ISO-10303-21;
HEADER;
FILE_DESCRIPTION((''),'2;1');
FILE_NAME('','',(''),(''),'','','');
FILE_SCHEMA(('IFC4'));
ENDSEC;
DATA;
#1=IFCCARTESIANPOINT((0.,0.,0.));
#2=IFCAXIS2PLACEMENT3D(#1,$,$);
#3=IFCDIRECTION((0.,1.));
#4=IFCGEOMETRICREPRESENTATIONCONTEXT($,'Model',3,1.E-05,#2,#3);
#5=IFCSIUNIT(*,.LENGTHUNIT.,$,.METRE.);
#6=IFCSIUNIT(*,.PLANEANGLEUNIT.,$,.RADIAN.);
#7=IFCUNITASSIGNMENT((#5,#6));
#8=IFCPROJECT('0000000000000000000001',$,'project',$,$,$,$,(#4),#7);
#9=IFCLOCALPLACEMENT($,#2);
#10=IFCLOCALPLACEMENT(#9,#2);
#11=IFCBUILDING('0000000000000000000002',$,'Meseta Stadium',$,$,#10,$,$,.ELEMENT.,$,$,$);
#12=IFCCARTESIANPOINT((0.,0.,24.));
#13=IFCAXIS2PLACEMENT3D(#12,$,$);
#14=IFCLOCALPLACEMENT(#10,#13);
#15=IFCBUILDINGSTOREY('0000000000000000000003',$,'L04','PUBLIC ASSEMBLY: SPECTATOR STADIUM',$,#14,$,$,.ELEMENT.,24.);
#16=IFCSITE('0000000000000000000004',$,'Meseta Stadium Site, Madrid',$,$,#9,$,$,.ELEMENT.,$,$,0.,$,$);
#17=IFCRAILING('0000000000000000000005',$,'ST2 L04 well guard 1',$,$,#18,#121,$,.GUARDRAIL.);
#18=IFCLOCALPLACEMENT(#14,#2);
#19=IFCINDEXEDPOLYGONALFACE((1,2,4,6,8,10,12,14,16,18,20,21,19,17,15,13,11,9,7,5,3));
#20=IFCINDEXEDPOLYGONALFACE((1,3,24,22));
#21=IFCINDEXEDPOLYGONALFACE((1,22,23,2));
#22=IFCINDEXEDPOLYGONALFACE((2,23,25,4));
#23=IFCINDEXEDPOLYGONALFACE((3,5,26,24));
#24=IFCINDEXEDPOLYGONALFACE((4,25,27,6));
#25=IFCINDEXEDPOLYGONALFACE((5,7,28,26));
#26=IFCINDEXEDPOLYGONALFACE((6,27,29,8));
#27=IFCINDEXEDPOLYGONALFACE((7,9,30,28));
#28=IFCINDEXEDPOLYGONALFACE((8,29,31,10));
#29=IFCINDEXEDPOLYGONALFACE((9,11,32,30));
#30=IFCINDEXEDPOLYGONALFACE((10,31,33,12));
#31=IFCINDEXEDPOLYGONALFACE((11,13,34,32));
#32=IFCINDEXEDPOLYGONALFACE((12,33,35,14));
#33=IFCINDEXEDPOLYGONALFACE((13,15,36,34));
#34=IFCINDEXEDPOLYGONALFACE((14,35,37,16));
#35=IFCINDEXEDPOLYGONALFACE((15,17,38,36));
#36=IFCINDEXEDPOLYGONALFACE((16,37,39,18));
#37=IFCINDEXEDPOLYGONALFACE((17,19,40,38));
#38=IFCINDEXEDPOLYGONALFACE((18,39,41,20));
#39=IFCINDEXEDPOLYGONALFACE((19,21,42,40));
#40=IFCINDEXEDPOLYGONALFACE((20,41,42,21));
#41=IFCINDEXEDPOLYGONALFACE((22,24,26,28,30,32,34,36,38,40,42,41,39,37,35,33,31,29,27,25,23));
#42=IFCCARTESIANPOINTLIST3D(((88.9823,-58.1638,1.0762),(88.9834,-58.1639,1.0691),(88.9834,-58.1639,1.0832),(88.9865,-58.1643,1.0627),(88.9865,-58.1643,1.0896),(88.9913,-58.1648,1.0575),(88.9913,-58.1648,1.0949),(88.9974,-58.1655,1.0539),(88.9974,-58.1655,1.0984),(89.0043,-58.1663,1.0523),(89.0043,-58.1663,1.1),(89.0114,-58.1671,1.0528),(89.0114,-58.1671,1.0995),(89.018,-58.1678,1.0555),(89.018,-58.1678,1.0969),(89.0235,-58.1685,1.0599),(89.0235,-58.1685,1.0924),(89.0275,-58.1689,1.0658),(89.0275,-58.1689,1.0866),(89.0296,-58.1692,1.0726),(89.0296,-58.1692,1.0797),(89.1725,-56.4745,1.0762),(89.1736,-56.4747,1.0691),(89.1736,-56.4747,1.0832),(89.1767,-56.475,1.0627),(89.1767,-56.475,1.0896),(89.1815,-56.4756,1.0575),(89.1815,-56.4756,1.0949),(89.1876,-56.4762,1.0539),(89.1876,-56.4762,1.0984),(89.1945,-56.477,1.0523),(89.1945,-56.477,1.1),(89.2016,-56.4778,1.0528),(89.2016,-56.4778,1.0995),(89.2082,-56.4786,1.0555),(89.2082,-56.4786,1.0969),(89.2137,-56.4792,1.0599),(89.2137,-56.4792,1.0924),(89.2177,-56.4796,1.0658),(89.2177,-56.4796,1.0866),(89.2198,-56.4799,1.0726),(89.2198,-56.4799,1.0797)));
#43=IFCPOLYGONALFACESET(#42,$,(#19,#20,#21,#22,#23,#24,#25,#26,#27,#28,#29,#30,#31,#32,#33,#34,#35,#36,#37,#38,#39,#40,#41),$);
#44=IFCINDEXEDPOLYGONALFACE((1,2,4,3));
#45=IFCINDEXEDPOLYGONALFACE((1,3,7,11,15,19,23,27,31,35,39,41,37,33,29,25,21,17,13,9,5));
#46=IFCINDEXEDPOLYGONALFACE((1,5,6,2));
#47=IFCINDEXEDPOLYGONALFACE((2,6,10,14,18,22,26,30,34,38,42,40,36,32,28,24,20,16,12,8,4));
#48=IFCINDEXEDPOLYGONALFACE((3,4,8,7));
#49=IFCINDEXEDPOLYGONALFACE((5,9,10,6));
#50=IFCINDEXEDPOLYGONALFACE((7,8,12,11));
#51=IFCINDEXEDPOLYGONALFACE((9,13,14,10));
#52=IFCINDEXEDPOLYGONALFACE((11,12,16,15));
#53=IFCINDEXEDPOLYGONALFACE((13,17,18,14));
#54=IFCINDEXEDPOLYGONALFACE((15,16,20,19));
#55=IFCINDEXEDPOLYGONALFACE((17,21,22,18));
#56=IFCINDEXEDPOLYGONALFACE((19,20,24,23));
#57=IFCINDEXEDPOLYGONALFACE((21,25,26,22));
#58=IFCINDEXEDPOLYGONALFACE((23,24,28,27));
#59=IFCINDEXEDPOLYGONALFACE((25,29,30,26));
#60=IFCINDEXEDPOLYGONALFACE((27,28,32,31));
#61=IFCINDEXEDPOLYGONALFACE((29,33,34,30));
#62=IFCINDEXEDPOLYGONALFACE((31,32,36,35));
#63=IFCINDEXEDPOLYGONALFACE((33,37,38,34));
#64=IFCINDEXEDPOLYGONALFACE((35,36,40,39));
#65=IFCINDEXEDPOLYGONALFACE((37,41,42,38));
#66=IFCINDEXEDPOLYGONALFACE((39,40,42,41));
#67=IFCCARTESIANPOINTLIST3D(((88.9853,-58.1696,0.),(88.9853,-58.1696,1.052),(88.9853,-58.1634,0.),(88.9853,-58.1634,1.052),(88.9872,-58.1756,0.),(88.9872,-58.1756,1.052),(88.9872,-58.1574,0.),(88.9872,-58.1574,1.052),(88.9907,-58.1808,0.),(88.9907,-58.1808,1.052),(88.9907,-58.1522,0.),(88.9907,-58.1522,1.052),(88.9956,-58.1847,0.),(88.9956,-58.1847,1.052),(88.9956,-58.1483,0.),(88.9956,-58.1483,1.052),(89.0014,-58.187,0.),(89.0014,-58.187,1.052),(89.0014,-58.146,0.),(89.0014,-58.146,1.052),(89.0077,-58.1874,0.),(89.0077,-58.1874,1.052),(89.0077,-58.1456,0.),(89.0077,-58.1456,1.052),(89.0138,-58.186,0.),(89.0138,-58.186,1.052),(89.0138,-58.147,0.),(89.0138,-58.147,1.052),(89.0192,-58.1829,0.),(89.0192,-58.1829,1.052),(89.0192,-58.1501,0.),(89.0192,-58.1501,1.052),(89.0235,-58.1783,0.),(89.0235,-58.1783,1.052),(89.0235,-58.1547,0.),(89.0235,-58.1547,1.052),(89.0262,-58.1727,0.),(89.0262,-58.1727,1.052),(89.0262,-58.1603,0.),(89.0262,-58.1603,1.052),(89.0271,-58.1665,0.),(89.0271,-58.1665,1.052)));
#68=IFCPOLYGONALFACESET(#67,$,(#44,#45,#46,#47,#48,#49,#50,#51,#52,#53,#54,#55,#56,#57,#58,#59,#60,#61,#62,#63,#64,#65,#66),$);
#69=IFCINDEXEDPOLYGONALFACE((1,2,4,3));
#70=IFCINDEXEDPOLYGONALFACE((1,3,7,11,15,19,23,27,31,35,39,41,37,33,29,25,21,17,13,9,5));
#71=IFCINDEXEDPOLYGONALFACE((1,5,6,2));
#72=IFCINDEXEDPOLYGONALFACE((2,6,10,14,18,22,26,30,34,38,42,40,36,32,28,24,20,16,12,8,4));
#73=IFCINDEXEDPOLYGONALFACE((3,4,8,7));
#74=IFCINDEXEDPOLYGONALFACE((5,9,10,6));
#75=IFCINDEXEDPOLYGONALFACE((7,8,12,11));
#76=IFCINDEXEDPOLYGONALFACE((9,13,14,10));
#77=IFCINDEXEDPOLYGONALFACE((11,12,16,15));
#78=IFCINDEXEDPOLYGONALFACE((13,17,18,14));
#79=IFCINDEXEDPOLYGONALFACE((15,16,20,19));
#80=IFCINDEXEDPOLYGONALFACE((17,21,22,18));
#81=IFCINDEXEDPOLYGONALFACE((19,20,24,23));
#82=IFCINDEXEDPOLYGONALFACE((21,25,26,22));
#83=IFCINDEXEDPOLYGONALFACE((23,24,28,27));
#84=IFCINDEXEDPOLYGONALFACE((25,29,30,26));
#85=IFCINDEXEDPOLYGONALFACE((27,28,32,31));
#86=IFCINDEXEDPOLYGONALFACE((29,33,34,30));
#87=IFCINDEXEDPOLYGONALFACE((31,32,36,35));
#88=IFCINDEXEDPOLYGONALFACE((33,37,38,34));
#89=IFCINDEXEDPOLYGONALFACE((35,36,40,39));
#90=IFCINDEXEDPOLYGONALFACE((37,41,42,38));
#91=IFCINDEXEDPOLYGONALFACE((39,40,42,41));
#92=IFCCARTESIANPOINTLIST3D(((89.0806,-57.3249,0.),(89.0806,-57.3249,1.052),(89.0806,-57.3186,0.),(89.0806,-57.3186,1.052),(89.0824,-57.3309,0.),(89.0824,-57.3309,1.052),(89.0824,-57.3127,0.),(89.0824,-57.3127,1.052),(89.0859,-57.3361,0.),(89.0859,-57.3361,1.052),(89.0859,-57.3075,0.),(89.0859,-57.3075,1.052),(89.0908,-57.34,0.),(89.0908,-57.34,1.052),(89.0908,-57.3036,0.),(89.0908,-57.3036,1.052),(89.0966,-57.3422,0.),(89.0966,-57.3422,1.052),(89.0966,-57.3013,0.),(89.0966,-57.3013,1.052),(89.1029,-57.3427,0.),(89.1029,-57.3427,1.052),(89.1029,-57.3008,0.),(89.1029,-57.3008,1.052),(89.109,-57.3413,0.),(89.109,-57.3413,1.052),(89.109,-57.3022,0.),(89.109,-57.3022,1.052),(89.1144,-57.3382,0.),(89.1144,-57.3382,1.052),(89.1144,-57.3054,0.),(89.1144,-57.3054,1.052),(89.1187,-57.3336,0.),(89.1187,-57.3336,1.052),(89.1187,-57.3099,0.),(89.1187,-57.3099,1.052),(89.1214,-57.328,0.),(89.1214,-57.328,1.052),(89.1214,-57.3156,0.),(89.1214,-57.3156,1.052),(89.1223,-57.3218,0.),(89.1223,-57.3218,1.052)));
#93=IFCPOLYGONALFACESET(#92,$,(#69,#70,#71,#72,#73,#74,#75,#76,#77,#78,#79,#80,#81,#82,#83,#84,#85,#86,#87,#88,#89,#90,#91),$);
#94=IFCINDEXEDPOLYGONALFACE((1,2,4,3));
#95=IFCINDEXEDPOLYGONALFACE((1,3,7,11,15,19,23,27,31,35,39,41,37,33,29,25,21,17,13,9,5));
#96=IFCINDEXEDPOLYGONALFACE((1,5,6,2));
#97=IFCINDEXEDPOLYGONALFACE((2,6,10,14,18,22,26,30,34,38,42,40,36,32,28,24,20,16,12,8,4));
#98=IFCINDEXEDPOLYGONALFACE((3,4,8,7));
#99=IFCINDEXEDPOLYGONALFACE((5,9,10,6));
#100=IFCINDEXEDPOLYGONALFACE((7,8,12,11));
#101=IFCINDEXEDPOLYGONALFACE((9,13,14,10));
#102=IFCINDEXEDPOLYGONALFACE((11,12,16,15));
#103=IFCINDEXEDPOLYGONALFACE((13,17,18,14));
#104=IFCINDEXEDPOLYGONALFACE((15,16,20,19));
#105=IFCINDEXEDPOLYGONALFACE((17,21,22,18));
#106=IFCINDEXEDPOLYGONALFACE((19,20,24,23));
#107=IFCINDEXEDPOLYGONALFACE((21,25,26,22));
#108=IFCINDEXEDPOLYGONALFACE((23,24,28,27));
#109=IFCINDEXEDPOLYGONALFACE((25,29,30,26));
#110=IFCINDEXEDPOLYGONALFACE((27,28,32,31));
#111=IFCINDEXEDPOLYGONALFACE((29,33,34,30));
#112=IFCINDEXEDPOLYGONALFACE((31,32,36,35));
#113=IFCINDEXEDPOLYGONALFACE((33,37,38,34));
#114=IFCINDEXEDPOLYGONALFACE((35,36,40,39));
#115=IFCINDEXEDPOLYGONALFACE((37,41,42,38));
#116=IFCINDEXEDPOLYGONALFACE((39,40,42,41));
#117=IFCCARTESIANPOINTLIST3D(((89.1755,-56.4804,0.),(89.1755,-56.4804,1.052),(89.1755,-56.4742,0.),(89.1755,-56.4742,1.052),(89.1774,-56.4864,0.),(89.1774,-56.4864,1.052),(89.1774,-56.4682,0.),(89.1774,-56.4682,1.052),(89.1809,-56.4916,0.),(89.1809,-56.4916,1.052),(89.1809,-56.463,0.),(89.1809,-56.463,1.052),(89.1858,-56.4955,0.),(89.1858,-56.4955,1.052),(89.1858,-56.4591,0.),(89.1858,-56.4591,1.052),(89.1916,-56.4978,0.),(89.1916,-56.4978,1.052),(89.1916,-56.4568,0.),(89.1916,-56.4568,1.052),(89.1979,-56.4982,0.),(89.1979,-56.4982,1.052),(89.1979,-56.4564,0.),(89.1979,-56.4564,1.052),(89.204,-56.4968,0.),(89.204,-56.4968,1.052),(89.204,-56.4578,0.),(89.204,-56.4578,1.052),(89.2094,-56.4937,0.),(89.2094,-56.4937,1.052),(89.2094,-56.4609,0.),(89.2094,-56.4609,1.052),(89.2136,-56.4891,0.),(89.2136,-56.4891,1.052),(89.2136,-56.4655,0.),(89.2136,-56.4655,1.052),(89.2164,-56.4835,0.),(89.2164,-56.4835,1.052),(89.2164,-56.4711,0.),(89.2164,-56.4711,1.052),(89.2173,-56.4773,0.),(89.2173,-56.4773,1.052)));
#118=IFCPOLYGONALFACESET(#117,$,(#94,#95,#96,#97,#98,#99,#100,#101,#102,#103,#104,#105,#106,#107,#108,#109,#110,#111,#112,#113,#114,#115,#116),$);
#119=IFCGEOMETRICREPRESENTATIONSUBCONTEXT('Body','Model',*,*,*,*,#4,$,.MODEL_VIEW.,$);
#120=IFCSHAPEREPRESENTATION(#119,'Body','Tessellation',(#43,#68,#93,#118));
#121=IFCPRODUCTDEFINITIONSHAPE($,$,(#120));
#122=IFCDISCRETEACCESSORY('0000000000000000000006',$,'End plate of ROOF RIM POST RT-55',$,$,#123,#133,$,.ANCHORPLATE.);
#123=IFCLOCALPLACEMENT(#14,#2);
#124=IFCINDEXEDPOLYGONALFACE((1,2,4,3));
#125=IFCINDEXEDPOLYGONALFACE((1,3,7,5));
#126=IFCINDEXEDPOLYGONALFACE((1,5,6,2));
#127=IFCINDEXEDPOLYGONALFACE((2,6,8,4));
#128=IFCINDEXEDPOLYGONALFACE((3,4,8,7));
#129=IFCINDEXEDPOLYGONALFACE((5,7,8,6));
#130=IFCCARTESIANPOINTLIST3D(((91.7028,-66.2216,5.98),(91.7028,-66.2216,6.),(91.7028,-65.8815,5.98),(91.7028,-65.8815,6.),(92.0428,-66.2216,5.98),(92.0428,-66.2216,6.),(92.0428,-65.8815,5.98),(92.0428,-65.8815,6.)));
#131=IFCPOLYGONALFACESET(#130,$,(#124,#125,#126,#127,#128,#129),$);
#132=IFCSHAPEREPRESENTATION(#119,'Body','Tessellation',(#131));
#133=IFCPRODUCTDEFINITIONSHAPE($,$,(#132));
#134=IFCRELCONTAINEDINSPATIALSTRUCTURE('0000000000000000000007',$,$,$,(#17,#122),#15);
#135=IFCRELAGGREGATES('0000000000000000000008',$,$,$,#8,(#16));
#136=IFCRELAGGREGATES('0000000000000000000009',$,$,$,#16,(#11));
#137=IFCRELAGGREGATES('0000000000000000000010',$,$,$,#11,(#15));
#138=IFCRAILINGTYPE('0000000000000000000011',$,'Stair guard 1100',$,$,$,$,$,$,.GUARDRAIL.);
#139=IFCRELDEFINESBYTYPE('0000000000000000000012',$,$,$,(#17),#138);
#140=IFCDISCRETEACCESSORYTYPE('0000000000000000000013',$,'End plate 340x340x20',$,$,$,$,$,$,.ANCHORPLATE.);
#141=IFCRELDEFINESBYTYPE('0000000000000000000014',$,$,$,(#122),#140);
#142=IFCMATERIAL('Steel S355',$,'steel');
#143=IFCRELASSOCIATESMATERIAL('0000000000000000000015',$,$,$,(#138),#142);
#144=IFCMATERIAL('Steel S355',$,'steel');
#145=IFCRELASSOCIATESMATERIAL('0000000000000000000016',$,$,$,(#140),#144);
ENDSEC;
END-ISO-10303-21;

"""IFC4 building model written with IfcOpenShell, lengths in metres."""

from ifc_helpers import new_model, si_unit, direction, frame, origin, origin_2d, place, context, subcontext, project, spatial, rectangle, circle, extrude, material, material_profile, profile_set, type_object, element, save


model = new_model("IFC4")

# Units and contexts
model_context = context("Model", 3, precision=1e-05, world=origin(), true_north=direction((0.0, 1.0)))
body_context = subcontext(model_context, "Body", "Model", "MODEL_VIEW")
ifc_project = project(units=[si_unit("LENGTHUNIT", "METRE"), si_unit("PLANEANGLEUNIT", "RADIAN")], contexts=[model_context])

# Site, building, storey
site_placement = place(None, origin())
site = spatial("IfcSite", under=ifc_project, at=site_placement, Name="Meseta Stadium Site, Madrid", CompositionType="ELEMENT", RefElevation=0.0)
building_placement = place(site_placement, origin())
building = spatial("IfcBuilding", under=site, at=building_placement, Name="Meseta Stadium", CompositionType="ELEMENT")
storey_placement = place(building_placement, frame((0.0, 0.0, 24.0)))
storey = spatial("IfcBuildingStorey", under=building, at=storey_placement, Name="L04", Description="PUBLIC ASSEMBLY: SPECTATOR STADIUM", CompositionType="ELEMENT", Elevation=24.0)

# Railing
ifc_material_1 = material(Name="Steel S355", Category="steel")
railing_type = type_object("IfcRailingType", Name="Stair guard 1100", PredefinedType="GUARDRAIL", material=ifc_material_1)
railing_1_placement = place(storey_placement, frame((89.0061, -58.1665, 0.0)))
element("IfcRailing", 1, at=railing_1_placement, inside=storey, type_object=railing_type, Name="ST2 L04 well guard 1", PredefinedType="GUARDRAIL", context=body_context, shape_type="SweptSolid", body=[
    extrude(circle(Radius=0.0239, at=origin_2d()), frame((0.0, 0.0, 1.0762), z_axis=(0.111882, 0.993722, 0.0), x_axis=(-0.993722, 0.111882, 0.0)), (0.0, 0.0, 1.0), 1.7),
    extrude(circle(Radius=0.021, at=origin_2d()), origin(), (0.0, 0.0, 1.0), 1.052),
    extrude(circle(Radius=0.021, at=origin_2d()), frame((0.0952, 0.8447, 0.0)), (0.0, 0.0, 1.0), 1.052),
    extrude(circle(Radius=0.021, at=origin_2d()), frame((0.1902, 1.6892, 0.0)), (0.0, 0.0, 1.0), 1.052),
])

# Discrete accessory
ifc_material_2 = material(Name="Steel S355", Category="steel")
ifc_material_profile_1 = material_profile(ifc_material_2, rectangle(XDim=0.3401, YDim=0.3401, at=origin_2d()), Name="PL 340x340")
ifc_profile_set_1 = profile_set([ifc_material_profile_1], Name="Steel S355")
discrete_accessory_type = type_object("IfcDiscreteAccessoryType", Name="End plate 340x340x20", PredefinedType="ANCHORPLATE", material=ifc_profile_set_1)
discrete_accessory_placement = place(storey_placement, frame((91.8728, -66.0515, 5.98), z_axis=(0.0, 0.0, 1.0), x_axis=(1.0, 0.0, 0.0)))
element("IfcDiscreteAccessory", 2, at=discrete_accessory_placement, inside=storey, type_object=discrete_accessory_type, Name="End plate of ROOF RIM POST RT-55", PredefinedType="ANCHORPLATE", context=body_context, shape_type="SweptSolid", body=[
    extrude(rectangle(XDim=0.3401, YDim=0.3401, at=origin_2d()), origin(), (0.0, 0.0, 1.0), 0.02),
])

save(model, "model.ifc")
